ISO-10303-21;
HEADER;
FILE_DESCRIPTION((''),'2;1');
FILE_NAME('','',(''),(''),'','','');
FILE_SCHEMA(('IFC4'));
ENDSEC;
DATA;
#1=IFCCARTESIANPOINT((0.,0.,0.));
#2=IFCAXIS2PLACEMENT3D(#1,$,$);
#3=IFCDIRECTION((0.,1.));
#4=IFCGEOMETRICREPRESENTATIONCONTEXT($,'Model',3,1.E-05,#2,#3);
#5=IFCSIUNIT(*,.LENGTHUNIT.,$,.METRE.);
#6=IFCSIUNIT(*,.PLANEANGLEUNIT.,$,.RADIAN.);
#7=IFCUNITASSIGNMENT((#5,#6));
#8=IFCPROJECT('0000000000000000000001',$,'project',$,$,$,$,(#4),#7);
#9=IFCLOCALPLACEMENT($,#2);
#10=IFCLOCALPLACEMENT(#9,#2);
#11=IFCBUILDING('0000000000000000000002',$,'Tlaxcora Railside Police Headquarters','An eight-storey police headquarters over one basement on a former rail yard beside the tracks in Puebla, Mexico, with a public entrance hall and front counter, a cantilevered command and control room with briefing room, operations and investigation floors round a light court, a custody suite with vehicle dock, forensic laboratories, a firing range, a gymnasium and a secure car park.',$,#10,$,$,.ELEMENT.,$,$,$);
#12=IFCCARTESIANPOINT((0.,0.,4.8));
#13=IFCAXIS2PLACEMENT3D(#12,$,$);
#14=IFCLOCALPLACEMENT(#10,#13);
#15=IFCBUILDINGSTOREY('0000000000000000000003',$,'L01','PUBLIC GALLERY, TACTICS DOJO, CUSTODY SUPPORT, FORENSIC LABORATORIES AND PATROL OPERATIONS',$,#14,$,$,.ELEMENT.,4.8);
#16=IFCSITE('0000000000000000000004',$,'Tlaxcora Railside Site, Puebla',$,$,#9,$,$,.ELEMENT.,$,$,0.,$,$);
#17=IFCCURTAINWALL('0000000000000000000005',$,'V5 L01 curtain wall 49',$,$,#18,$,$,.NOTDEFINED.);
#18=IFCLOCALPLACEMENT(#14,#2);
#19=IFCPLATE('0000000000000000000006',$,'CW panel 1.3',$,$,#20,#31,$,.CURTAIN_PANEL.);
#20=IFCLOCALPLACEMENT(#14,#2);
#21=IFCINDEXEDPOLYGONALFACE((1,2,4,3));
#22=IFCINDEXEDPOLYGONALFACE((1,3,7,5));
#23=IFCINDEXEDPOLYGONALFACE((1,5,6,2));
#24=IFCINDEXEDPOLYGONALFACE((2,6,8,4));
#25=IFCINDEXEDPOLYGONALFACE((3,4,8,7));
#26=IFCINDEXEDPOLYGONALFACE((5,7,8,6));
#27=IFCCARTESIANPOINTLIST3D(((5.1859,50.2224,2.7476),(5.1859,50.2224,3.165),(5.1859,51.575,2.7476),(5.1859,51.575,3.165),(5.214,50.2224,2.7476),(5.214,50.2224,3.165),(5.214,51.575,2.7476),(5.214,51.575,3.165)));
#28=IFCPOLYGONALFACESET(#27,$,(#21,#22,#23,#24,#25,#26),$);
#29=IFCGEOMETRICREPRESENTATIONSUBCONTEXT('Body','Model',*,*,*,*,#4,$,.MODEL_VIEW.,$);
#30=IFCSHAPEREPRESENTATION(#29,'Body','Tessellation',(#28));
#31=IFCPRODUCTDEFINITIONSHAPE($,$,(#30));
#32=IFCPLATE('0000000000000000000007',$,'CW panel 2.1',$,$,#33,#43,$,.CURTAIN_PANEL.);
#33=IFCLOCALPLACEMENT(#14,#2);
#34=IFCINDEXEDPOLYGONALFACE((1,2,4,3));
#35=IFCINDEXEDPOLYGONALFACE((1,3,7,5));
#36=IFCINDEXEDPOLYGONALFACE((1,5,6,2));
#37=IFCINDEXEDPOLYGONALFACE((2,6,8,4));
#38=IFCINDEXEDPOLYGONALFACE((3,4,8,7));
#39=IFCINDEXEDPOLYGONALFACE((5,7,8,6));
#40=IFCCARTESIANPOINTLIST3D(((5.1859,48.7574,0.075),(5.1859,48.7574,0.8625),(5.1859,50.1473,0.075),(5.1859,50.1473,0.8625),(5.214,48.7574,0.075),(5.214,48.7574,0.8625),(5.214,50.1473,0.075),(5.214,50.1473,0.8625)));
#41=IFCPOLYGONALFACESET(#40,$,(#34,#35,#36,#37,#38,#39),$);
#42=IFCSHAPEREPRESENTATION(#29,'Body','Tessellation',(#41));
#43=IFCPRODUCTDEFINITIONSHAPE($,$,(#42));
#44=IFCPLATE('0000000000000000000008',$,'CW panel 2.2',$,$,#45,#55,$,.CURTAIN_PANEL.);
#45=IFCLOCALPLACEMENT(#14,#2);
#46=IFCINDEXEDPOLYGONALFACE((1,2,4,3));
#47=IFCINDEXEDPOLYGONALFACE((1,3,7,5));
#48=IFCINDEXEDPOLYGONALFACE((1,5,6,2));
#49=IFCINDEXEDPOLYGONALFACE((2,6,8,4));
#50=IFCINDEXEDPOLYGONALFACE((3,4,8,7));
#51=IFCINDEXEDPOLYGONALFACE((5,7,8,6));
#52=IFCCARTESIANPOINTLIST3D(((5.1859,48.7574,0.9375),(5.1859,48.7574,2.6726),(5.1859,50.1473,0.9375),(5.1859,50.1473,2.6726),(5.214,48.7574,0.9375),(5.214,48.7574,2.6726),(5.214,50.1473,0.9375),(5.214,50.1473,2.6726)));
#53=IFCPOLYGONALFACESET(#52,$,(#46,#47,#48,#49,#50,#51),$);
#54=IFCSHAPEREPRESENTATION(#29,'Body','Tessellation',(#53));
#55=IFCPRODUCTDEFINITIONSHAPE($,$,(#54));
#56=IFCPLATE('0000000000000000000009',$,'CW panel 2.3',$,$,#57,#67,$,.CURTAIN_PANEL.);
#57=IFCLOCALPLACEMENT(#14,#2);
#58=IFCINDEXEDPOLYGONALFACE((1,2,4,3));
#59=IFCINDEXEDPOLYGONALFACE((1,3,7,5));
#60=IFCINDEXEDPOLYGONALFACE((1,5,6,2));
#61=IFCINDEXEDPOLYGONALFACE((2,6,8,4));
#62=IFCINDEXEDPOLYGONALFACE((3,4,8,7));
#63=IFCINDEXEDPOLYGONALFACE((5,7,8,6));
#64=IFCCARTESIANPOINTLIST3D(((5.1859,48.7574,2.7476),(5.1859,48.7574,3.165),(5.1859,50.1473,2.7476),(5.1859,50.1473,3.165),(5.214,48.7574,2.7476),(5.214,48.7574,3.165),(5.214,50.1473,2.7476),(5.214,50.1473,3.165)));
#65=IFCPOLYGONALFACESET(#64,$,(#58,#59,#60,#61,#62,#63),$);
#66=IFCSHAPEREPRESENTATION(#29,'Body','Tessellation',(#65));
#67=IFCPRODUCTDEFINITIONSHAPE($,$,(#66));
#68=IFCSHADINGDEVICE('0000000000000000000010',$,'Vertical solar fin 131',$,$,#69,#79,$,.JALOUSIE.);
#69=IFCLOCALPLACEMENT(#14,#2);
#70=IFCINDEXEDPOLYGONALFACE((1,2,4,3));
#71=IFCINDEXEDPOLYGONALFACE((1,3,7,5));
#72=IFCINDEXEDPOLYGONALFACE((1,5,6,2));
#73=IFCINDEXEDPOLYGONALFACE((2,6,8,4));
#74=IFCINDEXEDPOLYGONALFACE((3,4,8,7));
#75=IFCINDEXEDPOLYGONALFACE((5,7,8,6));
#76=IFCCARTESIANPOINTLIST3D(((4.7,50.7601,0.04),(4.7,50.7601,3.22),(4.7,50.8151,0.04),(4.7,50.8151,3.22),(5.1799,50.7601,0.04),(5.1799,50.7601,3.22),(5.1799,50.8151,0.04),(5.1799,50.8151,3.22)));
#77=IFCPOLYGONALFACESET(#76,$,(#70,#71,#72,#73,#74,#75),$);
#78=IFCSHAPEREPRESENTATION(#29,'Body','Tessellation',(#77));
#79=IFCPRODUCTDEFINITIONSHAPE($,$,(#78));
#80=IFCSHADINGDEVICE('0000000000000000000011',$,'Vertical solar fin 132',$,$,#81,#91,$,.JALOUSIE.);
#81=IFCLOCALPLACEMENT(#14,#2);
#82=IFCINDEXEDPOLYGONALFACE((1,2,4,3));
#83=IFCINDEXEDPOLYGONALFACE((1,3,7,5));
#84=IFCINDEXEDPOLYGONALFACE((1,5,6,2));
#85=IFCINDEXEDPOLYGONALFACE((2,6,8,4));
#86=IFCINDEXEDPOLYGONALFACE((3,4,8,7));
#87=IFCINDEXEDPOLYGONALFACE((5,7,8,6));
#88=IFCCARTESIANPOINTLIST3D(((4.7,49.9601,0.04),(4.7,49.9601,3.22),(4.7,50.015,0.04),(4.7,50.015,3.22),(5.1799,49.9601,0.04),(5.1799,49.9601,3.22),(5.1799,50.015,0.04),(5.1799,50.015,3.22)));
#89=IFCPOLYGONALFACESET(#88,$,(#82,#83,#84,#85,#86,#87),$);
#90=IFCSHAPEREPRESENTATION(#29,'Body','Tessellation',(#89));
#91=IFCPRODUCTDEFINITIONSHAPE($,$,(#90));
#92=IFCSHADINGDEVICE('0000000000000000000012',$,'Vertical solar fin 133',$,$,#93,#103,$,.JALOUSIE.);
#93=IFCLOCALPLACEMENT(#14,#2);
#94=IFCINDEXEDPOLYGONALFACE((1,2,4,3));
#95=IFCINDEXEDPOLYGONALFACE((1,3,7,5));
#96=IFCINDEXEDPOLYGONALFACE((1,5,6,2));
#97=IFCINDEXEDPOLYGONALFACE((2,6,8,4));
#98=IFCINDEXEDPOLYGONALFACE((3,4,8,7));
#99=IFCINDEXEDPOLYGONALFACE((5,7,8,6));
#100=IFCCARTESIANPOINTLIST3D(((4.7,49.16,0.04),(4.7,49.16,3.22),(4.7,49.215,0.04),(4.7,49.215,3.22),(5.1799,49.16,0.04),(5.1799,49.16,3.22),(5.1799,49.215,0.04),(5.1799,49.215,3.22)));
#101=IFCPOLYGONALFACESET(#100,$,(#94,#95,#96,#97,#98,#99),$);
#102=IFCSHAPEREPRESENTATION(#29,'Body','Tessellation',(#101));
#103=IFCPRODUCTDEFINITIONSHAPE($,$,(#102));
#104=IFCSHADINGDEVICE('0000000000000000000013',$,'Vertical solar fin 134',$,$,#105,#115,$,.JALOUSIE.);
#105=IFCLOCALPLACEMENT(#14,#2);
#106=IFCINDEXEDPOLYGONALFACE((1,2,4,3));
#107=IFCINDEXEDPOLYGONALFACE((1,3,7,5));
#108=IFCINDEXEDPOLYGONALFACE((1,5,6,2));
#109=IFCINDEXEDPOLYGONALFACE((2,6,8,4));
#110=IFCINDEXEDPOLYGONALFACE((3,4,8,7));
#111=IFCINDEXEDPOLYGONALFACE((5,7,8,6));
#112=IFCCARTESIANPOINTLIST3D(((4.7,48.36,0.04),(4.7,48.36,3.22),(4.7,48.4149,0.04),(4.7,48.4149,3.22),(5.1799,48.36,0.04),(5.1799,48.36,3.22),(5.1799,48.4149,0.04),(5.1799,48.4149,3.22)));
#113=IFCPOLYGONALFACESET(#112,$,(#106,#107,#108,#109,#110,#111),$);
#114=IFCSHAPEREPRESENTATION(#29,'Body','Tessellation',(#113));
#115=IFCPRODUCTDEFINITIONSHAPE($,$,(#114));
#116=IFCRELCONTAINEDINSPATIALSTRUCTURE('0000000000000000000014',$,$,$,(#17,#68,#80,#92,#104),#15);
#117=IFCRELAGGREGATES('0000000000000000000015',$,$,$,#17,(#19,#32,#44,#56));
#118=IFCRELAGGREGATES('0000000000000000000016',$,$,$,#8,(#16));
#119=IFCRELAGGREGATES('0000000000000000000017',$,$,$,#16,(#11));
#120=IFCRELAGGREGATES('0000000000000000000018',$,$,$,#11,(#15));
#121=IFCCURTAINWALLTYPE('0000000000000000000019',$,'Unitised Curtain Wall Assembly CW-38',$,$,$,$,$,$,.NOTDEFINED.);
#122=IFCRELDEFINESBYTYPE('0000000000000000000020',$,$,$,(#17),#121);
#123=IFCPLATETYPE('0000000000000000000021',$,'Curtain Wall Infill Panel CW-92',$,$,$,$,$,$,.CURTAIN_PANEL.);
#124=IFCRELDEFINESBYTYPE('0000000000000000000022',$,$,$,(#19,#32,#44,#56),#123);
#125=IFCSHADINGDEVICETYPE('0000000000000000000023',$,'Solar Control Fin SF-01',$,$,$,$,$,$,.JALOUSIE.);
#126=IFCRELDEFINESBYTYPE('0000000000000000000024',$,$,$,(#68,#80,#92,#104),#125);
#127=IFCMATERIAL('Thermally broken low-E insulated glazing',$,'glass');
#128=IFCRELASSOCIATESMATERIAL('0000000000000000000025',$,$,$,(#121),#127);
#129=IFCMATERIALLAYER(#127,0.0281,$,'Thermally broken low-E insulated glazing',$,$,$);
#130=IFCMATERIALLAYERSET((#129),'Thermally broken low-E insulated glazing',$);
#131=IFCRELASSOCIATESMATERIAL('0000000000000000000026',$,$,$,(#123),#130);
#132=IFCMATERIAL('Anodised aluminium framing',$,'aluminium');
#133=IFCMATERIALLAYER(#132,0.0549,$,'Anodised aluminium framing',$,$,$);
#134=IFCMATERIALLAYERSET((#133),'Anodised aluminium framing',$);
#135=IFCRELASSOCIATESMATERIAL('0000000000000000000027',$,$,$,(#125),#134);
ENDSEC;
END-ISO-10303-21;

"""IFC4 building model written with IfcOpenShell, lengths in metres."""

from ifc_helpers import new_model, si_unit, direction, frame, origin, origin_2d, place, context, subcontext, project, spatial, rectangle, extrude, material, layer, layer_set, type_object, element, aggregate, save


model = new_model("IFC4")

# Units and contexts
model_context = context("Model", 3, precision=1e-05, world=origin(), true_north=direction((0.0, 1.0)))
body_context = subcontext(model_context, "Body", "Model", "MODEL_VIEW")
ifc_project = project(units=[si_unit("LENGTHUNIT", "METRE"), si_unit("PLANEANGLEUNIT", "RADIAN")], contexts=[model_context])

# Site, building, storey
site_placement = place(None, origin())
site = spatial("IfcSite", under=ifc_project, at=site_placement, Name="Tlaxcora Railside Site, Puebla", CompositionType="ELEMENT", RefElevation=0.0)
building_placement = place(site_placement, origin())
building = spatial("IfcBuilding", under=site, at=building_placement, Name="Tlaxcora Railside Police Headquarters", Description="An eight-storey police headquarters over one basement on a former rail yard beside the tracks in Puebla, Mexico, with a public entrance hall and front counter, a cantilevered command and control room with briefing room, operations and investigation floors round a light court, a custody suite with vehicle dock, forensic laboratories, a firing range, a gymnasium and a secure car park.", CompositionType="ELEMENT")
storey_placement = place(building_placement, frame((0.0, 0.0, 4.8)))
storey = spatial("IfcBuildingStorey", under=building, at=storey_placement, Name="L01", Description="PUBLIC GALLERY, TACTICS DOJO, CUSTODY SUPPORT, FORENSIC LABORATORIES AND PATROL OPERATIONS", CompositionType="ELEMENT", Elevation=4.8)

# Curtain wall, plates
ifc_material_1 = material(Name="Thermally broken low-E insulated glazing", Category="glass")
curtain_wall_type = type_object("IfcCurtainWallType", Name="Unitised Curtain Wall Assembly CW-38", PredefinedType="NOTDEFINED", material=ifc_material_1)
curtain_wall_placement = place(storey_placement, origin())
curtain_wall = element("IfcCurtainWall", 1, at=curtain_wall_placement, inside=storey, type_object=curtain_wall_type, Name="V5 L01 curtain wall 49", PredefinedType="NOTDEFINED")
ifc_material_2 = material(Name="Anodised aluminium framing", Category="aluminium")
ifc_layer_1 = layer(ifc_material_1, 0.0281, Name="Thermally broken low-E insulated glazing")
ifc_layer_set_1 = layer_set([ifc_layer_1], Name="Thermally broken low-E insulated glazing")
plate_type = type_object("IfcPlateType", Name="Curtain Wall Infill Panel CW-92", PredefinedType="CURTAIN_PANEL", material=ifc_layer_set_1)
plate_1_placement = place(storey_placement, frame((5.2, 50.8987, 2.7476), z_axis=(0.0, 0.0, 1.0), x_axis=(0.0, -1.0, 0.0)))
plate_1 = element("IfcPlate", 2, at=plate_1_placement, type_object=plate_type, Name="CW panel 1.3", PredefinedType="CURTAIN_PANEL", context=body_context, shape_type="SweptSolid", body=[
    extrude(rectangle(XDim=1.3525, YDim=0.0281, at=origin_2d()), origin(), (0.0, 0.0, 1.0), 0.4175),
])
plate_2_placement = place(storey_placement, frame((5.2, 49.4524, 0.075), z_axis=(0.0, 0.0, 1.0), x_axis=(0.0, -1.0, 0.0)))
plate_2 = element("IfcPlate", 3, at=plate_2_placement, type_object=plate_type, Name="CW panel 2.1", PredefinedType="CURTAIN_PANEL", context=body_context, shape_type="SweptSolid", body=[
    extrude(rectangle(XDim=1.3899, YDim=0.0281, at=origin_2d()), origin(), (0.0, 0.0, 1.0), 0.7876),
])
plate_3_placement = place(storey_placement, frame((5.2, 49.4524, 0.9375), z_axis=(0.0, 0.0, 1.0), x_axis=(0.0, -1.0, 0.0)))
plate_3 = element("IfcPlate", 4, at=plate_3_placement, type_object=plate_type, Name="CW panel 2.2", PredefinedType="CURTAIN_PANEL", context=body_context, shape_type="SweptSolid", body=[
    extrude(rectangle(XDim=1.3899, YDim=0.0281, at=origin_2d()), origin(), (0.0, 0.0, 1.0), 1.7351),
])
plate_4_placement = place(storey_placement, frame((5.2, 49.4524, 2.7476), z_axis=(0.0, 0.0, 1.0), x_axis=(0.0, -1.0, 0.0)))
plate_4 = element("IfcPlate", 5, at=plate_4_placement, type_object=plate_type, Name="CW panel 2.3", PredefinedType="CURTAIN_PANEL", context=body_context, shape_type="SweptSolid", body=[
    extrude(rectangle(XDim=1.3899, YDim=0.0281, at=origin_2d()), origin(), (0.0, 0.0, 1.0), 0.4175),
])
aggregate(curtain_wall, [plate_1, plate_2, plate_3, plate_4])

# Shading devices
ifc_layer_2 = layer(ifc_material_2, 0.0549, Name="Anodised aluminium framing")
ifc_layer_set_2 = layer_set([ifc_layer_2], Name="Anodised aluminium framing")
shading_device_type = type_object("IfcShadingDeviceType", Name="Solar Control Fin SF-01", PredefinedType="JALOUSIE", material=ifc_layer_set_2)
for number, where, z_axis, x_axis, name in (
    (6, (4.9399, 50.7876, 0.04), (0.0, 0.0, 1.0), (-1.0, 0.0, 0.0), "Vertical solar fin 131"),
    (7, (4.9399, 49.9875, 0.04), (0.0, 0.0, 1.0), (-1.0, 0.0, 0.0), "Vertical solar fin 132"),
    (8, (4.9399, 49.1875, 0.04), (0.0, 0.0, 1.0), (-1.0, 0.0, 0.0), "Vertical solar fin 133"),
    (9, (4.9399, 48.3875, 0.04), (0.0, 0.0, 1.0), (-1.0, 0.0, 0.0), "Vertical solar fin 134"),
):
    element("IfcShadingDevice", number, at=place(storey_placement, frame(where, z_axis=z_axis, x_axis=x_axis)), inside=storey, type_object=shading_device_type, Name=name, PredefinedType="JALOUSIE", context=body_context, shape_type="SweptSolid", body=[
        extrude(rectangle(XDim=0.48, YDim=0.0549, at=origin_2d()), origin(), (0.0, 0.0, 1.0), 3.1799),
    ])

save(model, "model.ifc")
